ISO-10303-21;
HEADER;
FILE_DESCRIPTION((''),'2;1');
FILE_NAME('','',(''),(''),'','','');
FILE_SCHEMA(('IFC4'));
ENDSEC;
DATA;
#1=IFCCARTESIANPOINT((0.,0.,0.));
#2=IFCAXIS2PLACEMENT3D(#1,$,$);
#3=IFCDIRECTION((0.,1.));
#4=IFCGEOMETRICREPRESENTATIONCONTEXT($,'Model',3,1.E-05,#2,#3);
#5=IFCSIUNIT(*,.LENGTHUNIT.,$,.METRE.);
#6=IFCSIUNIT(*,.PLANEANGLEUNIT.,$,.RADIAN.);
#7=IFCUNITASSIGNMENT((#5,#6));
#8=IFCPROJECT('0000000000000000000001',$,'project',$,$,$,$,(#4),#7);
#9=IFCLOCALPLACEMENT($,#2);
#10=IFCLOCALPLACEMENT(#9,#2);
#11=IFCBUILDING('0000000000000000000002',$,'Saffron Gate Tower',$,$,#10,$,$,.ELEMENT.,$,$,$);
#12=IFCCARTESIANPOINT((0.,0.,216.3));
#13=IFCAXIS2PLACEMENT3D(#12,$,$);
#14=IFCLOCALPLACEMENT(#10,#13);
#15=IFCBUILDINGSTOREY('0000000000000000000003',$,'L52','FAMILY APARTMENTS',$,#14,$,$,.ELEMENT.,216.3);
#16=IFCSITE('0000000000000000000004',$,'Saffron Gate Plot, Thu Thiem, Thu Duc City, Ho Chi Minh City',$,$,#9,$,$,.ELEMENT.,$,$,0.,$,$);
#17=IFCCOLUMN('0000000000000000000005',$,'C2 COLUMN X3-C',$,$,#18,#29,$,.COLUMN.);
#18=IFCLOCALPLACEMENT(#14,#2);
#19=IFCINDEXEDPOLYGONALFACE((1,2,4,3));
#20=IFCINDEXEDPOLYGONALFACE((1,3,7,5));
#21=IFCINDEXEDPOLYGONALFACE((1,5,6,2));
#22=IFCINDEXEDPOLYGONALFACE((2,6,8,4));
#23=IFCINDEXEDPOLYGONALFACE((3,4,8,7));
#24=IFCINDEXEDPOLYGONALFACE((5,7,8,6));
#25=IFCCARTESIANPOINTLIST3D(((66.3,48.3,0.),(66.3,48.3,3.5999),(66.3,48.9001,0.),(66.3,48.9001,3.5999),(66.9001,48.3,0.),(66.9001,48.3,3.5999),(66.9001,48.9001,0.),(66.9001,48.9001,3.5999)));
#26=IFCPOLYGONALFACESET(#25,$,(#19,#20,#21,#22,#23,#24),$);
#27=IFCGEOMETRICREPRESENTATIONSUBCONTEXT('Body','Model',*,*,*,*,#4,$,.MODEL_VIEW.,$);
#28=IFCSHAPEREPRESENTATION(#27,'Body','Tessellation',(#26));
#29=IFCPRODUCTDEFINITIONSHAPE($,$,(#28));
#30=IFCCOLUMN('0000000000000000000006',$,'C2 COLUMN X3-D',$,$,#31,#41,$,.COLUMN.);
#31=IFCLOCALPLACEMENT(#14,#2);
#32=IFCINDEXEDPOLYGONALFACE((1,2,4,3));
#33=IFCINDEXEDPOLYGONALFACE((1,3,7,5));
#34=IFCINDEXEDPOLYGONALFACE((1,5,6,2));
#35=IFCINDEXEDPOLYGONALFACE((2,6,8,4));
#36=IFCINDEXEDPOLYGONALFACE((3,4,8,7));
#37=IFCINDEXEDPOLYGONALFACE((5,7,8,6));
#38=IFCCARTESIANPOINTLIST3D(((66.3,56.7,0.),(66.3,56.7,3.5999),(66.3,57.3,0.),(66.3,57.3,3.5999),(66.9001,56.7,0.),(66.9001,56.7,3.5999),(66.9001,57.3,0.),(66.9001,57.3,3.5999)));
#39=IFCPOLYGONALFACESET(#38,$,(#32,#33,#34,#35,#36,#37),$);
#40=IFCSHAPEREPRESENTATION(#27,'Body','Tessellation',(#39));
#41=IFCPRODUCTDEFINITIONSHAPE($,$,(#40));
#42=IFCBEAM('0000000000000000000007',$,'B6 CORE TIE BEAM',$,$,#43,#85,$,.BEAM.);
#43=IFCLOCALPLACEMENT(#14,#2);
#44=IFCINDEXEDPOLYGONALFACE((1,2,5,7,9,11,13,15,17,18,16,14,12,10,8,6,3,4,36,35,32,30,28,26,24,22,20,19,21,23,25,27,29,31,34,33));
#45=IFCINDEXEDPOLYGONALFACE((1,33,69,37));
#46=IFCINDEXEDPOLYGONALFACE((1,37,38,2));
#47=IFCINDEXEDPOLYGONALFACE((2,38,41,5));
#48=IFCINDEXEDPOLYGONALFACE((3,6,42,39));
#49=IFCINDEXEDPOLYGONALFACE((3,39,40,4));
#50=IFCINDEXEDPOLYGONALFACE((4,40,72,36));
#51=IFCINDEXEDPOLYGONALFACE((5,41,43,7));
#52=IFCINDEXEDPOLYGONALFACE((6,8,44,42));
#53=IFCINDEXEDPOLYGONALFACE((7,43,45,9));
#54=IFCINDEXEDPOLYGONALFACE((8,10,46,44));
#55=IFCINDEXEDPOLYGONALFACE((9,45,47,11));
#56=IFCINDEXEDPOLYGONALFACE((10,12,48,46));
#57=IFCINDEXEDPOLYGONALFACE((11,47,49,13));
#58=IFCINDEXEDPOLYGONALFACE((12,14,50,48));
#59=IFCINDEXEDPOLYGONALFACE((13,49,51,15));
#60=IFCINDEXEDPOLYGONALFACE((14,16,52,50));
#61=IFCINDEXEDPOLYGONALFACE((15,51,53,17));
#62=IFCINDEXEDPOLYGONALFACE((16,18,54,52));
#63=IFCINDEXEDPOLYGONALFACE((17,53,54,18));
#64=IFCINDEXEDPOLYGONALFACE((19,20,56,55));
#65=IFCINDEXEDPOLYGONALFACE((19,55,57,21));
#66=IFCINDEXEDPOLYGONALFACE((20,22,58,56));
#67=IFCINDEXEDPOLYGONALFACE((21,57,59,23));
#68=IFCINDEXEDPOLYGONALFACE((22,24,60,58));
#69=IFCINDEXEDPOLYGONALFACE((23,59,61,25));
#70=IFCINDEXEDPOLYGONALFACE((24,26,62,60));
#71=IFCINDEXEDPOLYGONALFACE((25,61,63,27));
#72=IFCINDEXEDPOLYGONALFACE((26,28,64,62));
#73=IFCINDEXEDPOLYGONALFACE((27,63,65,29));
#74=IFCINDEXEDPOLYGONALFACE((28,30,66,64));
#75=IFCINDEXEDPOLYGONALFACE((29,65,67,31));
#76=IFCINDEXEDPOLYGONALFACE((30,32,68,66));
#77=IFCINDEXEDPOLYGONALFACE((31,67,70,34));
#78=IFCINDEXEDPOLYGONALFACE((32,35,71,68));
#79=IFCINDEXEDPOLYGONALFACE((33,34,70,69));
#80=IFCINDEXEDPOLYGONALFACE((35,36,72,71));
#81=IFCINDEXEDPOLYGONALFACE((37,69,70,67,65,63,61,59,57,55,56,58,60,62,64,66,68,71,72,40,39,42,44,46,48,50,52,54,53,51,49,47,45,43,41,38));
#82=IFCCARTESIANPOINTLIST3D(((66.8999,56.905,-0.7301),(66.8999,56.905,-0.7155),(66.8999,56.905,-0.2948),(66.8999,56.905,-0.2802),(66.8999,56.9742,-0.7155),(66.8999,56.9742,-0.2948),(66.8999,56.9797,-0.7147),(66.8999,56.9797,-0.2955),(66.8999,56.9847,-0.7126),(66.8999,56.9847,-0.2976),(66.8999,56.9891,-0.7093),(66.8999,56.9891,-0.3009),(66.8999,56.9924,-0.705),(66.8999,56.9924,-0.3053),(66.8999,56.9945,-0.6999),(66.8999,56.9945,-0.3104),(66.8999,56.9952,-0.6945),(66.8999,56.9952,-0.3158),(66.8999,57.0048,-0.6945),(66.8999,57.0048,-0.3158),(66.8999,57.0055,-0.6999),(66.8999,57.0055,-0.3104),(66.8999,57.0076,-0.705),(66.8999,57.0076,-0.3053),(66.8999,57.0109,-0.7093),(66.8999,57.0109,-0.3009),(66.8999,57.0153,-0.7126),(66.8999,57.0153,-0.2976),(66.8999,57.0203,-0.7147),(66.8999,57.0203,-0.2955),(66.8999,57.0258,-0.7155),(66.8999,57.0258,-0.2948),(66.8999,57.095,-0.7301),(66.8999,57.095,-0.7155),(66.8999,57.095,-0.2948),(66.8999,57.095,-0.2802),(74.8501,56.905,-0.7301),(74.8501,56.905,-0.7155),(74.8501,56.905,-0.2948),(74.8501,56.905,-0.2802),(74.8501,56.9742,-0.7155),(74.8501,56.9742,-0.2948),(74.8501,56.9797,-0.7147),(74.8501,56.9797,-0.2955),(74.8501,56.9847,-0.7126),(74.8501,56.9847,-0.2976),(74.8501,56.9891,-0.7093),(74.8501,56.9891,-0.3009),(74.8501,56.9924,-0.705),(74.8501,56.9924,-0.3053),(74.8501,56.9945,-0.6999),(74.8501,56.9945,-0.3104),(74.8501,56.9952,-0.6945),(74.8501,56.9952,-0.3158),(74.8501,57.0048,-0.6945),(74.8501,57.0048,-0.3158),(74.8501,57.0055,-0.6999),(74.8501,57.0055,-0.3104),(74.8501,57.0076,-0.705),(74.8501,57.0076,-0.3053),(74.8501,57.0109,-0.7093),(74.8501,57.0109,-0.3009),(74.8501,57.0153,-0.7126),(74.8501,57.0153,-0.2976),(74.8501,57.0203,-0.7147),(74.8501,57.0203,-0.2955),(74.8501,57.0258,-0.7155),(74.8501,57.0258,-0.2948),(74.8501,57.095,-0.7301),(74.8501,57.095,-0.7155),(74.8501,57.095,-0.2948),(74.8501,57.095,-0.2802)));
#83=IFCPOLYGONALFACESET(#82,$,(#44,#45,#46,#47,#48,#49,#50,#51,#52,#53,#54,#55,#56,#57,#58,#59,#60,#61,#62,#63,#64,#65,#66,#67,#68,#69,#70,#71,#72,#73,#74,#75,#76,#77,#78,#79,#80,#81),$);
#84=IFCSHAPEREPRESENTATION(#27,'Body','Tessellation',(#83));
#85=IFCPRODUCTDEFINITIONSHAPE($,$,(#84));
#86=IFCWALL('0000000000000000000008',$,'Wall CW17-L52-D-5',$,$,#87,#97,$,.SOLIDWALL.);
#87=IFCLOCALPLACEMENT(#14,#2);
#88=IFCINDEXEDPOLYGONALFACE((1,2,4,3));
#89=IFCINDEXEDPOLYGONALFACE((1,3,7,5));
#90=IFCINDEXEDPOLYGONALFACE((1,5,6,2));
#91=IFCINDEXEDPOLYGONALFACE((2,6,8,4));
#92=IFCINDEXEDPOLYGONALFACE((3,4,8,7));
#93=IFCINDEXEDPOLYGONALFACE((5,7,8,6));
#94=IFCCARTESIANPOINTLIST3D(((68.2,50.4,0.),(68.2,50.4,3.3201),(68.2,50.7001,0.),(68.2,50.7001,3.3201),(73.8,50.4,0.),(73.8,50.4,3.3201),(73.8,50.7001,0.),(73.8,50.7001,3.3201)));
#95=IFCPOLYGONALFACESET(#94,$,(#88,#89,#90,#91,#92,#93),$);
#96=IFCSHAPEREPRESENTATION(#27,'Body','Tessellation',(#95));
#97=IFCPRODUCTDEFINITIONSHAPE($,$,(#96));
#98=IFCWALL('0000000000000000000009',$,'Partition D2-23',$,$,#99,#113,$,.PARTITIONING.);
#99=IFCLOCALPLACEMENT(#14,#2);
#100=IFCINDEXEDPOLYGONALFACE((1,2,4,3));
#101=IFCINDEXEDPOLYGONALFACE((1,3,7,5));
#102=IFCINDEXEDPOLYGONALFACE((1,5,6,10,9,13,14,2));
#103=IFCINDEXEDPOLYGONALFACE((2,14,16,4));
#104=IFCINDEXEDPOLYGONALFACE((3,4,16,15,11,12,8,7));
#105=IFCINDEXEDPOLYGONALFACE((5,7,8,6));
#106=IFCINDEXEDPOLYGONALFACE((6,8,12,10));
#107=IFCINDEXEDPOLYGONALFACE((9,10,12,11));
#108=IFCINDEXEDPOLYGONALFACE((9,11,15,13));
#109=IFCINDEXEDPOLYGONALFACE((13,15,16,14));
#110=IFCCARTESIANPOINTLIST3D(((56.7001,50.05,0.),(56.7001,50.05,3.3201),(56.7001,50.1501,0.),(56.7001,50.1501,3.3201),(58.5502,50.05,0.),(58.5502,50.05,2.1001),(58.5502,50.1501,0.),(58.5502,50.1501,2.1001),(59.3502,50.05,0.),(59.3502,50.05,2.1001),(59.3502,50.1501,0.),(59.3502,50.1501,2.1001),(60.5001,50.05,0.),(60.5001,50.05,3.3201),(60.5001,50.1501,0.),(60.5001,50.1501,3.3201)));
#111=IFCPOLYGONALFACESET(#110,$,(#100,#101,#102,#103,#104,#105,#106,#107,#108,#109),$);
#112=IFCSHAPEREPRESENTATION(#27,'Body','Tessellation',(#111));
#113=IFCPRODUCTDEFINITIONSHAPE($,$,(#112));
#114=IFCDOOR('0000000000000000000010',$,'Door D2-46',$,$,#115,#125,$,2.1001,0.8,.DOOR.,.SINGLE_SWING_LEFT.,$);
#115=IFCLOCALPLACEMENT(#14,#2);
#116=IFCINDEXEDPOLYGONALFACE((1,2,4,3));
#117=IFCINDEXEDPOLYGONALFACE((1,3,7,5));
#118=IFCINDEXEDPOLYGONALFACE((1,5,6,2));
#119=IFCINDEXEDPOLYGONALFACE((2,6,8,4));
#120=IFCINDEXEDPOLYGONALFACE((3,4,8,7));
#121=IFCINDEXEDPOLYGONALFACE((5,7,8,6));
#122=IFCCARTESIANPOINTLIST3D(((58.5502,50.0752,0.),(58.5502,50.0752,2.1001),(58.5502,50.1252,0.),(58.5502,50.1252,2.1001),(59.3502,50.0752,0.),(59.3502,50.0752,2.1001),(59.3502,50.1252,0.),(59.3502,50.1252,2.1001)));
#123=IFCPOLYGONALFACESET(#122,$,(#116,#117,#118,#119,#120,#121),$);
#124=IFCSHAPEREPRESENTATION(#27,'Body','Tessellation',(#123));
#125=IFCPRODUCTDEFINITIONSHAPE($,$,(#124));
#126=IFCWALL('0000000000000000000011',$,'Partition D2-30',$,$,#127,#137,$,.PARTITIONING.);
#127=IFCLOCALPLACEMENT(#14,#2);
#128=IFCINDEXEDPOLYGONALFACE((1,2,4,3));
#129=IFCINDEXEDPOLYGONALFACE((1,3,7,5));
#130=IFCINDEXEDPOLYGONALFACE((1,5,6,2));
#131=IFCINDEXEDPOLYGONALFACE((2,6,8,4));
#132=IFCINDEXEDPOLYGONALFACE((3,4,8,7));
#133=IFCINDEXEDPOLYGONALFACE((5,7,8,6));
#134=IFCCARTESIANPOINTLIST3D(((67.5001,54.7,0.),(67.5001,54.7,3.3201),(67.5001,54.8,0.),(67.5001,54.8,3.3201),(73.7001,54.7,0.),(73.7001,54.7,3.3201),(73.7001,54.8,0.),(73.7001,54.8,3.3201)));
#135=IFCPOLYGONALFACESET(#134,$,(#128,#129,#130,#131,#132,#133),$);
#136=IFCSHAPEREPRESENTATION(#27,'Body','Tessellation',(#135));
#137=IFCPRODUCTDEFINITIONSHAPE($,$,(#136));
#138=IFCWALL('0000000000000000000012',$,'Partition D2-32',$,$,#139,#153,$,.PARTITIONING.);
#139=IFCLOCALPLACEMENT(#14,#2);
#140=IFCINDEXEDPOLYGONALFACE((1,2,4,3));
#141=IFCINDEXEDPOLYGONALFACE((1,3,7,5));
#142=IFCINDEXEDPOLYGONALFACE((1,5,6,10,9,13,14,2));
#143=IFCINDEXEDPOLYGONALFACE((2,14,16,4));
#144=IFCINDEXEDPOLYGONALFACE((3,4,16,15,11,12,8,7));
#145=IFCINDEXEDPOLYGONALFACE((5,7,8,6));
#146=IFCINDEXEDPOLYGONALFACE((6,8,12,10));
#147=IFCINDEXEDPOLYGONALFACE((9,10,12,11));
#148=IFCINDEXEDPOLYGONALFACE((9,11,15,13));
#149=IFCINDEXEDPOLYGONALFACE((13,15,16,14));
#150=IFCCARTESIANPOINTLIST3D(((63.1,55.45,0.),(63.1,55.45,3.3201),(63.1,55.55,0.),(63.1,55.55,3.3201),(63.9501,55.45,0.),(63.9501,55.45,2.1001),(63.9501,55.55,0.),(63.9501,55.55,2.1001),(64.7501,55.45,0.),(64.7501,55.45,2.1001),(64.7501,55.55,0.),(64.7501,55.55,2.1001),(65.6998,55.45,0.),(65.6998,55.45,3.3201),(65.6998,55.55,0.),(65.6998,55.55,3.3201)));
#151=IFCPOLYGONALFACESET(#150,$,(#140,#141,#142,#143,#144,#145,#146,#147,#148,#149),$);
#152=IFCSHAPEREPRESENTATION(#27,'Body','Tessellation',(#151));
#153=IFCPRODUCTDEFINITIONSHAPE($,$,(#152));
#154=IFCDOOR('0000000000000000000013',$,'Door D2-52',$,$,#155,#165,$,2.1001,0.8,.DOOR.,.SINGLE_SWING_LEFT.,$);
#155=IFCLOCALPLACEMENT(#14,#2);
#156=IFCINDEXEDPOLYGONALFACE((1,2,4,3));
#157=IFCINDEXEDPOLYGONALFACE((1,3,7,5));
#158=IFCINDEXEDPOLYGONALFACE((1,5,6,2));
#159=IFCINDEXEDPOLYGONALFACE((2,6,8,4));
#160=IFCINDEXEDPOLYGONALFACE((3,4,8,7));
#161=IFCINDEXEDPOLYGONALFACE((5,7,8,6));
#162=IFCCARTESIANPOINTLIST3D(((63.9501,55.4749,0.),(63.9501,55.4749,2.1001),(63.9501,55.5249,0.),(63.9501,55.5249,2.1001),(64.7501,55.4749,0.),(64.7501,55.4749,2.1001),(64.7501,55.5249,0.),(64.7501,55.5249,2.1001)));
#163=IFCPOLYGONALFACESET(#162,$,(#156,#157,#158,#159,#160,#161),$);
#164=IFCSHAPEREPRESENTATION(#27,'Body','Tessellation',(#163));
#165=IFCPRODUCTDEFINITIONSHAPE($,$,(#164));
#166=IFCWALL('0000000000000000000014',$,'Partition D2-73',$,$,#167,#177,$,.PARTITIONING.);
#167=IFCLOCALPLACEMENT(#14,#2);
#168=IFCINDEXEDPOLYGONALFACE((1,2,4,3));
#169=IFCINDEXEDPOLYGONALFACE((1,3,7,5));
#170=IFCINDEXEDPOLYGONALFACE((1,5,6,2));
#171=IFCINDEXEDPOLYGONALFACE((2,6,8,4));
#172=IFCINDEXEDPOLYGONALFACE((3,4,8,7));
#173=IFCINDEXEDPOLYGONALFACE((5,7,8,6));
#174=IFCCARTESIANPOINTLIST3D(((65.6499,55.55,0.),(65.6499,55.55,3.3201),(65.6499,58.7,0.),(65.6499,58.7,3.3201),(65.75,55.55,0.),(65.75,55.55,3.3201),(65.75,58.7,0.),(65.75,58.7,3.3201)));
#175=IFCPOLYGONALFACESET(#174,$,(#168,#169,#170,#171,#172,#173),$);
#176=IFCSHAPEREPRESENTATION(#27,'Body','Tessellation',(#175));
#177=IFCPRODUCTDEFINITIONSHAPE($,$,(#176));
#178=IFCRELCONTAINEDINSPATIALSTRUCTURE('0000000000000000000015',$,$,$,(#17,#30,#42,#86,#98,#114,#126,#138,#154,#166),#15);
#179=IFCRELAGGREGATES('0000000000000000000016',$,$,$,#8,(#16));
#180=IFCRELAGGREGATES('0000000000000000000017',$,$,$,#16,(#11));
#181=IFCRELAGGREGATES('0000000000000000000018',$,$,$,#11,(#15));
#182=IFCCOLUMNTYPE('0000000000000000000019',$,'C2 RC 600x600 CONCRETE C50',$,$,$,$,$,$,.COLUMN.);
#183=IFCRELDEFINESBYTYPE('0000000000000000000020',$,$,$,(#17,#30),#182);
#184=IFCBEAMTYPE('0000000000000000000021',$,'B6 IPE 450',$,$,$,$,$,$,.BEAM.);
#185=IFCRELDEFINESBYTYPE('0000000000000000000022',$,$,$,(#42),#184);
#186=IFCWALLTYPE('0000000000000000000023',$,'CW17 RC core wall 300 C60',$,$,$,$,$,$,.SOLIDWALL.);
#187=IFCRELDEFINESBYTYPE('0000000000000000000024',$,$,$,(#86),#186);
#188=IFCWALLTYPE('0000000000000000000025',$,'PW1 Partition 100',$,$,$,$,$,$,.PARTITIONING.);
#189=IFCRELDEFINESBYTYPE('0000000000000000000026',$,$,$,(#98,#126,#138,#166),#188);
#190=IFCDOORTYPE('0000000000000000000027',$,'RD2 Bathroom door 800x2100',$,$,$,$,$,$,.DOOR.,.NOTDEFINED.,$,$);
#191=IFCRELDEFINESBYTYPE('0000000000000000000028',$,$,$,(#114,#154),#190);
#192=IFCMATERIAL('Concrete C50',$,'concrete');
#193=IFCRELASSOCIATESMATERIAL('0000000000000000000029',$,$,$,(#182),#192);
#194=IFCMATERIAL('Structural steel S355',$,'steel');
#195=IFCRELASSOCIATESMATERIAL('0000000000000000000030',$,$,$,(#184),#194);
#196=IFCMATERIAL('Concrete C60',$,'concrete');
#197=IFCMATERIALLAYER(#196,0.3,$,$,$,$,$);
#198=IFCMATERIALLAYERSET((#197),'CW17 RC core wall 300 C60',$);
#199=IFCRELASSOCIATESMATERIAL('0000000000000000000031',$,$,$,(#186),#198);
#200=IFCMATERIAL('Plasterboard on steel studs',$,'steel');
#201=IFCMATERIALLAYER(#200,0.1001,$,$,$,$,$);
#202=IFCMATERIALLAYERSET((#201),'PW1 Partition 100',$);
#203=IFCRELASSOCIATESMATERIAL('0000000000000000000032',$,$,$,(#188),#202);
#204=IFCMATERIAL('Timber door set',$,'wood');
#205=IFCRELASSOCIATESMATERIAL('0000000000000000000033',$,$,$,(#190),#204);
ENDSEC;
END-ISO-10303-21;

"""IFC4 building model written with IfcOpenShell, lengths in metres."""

from ifc_helpers import new_model, si_unit, direction, frame, frame_2d, origin, origin_2d, place, context, subcontext, project, spatial, rectangle, i_section, extrude, material, layer, layer_set, material_profile, profile_set, type_object, element, fill, save


model = new_model("IFC4")

# Units and contexts
model_context = context("Model", 3, precision=1e-05, world=origin(), true_north=direction((0.0, 1.0)))
body_context = subcontext(model_context, "Body", "Model", "MODEL_VIEW")
ifc_project = project(units=[si_unit("LENGTHUNIT", "METRE"), si_unit("PLANEANGLEUNIT", "RADIAN")], contexts=[model_context])

# Site, building, storey
site_placement = place(None, origin())
site = spatial("IfcSite", under=ifc_project, at=site_placement, Name="Saffron Gate Plot, Thu Thiem, Thu Duc City, Ho Chi Minh City", CompositionType="ELEMENT", RefElevation=0.0)
building_placement = place(site_placement, origin())
building = spatial("IfcBuilding", under=site, at=building_placement, Name="Saffron Gate Tower", CompositionType="ELEMENT")
storey_placement = place(building_placement, frame((0.0, 0.0, 216.3)))
storey = spatial("IfcBuildingStorey", under=building, at=storey_placement, Name="L52", Description="FAMILY APARTMENTS", CompositionType="ELEMENT", Elevation=216.3)

# Columns
ifc_material_1 = material(Name="Concrete C50", Category="concrete")
ifc_material_profile_1 = material_profile(ifc_material_1, rectangle(XDim=0.6001, YDim=0.6001, at=origin_2d()))
ifc_profile_set_1 = profile_set([ifc_material_profile_1], Name="Concrete C50")
column_type = type_object("IfcColumnType", Name="C2 RC 600x600 CONCRETE C50", PredefinedType="COLUMN", material=ifc_profile_set_1)
for number, where, z_axis, x_axis, name in (
    (1, (66.6001, 48.6001, 0.0), (0.0, 0.0, 1.0), (1.0, 0.0, 0.0), "C2 COLUMN X3-C"),
    (2, (66.6001, 57.0, 0.0), (0.0, 0.0, 1.0), (1.0, 0.0, 0.0), "C2 COLUMN X3-D"),
):
    element("IfcColumn", number, at=place(storey_placement, frame(where, z_axis=z_axis, x_axis=x_axis)), inside=storey, type_object=column_type, Name=name, PredefinedType="COLUMN", context=body_context, shape_type="SweptSolid", body=[
        extrude(rectangle(XDim=0.6001, YDim=0.6001, at=origin_2d()), origin(), (0.0, 0.0, 1.0), 3.5999),
    ])

# Beam
ifc_material_2 = material(Name="Structural steel S355", Category="steel")
ifc_material_profile_2 = material_profile(ifc_material_2, i_section(OverallWidth=0.1899, OverallDepth=0.45, WebThickness=0.0095, FlangeThickness=0.0146, FilletRadius=0.021, at=origin_2d()))
ifc_profile_set_2 = profile_set([ifc_material_profile_2], Name="Structural steel S355")
beam_type = type_object("IfcBeamType", Name="B6 IPE 450", PredefinedType="BEAM", material=ifc_profile_set_2)
beam_placement = place(storey_placement, frame((66.8999, 57.0, -0.5051), z_axis=(1.0, 0.0, 0.0), x_axis=(0.0, 1.0, 0.0)))
element("IfcBeam", 3, at=beam_placement, inside=storey, type_object=beam_type, Name="B6 CORE TIE BEAM", PredefinedType="BEAM", context=body_context, shape_type="SweptSolid", body=[
    extrude(i_section(OverallWidth=0.1899, OverallDepth=0.45, WebThickness=0.0095, FlangeThickness=0.0146, FilletRadius=0.021, at=origin_2d()), origin(), (0.0, 0.0, 1.0), 7.9502),
])

# Wall
ifc_material_3 = material(Name="Concrete C60", Category="concrete")
ifc_layer_1 = layer(ifc_material_3, 0.3)
ifc_layer_set_1 = layer_set([ifc_layer_1], Name="CW17 RC core wall 300 C60")
wall_type_1 = type_object("IfcWallType", Name="CW17 RC core wall 300 C60", PredefinedType="SOLIDWALL", material=ifc_layer_set_1)
wall_1_placement = place(storey_placement, frame((68.2, 50.55, 0.0), z_axis=(0.0, 0.0, 1.0), x_axis=(1.0, 0.0, 0.0)))
element("IfcWall", 4, at=wall_1_placement, inside=storey, type_object=wall_type_1, Name="Wall CW17-L52-D-5", PredefinedType="SOLIDWALL", context=body_context, shape_type="SweptSolid", body=[
    extrude(rectangle(XDim=5.6001, YDim=0.3, at=frame_2d((2.8, 0.0))), origin(), (0.0, 0.0, 1.0), 3.3201),
])

# Wall, opening, door
ifc_material_4 = material(Name="Plasterboard on steel studs", Category="steel")
ifc_layer_2 = layer(ifc_material_4, 0.1001)
ifc_layer_set_2 = layer_set([ifc_layer_2], Name="PW1 Partition 100")
wall_type_2 = type_object("IfcWallType", Name="PW1 Partition 100", PredefinedType="PARTITIONING", material=ifc_layer_set_2)
wall_2_placement = place(storey_placement, frame((60.5, 50.1001, 0.0), z_axis=(0.0, 0.0, 1.0), x_axis=(-1.0, 0.0, 0.0)))
wall_2 = element("IfcWall", 5, at=wall_2_placement, inside=storey, type_object=wall_type_2, Name="Partition D2-23", PredefinedType="PARTITIONING", context=body_context, shape_type="SweptSolid", body=[
    extrude(rectangle(XDim=3.8, YDim=0.1001, at=frame_2d((1.8999, 0.0))), origin(), (0.0, 0.0, 1.0), 3.3201),
])
opening_1_placement = place(wall_2_placement, frame((1.1499, 0.0, 0.0)))
opening_1 = element("IfcOpeningElement", 6, at=opening_1_placement, cuts=wall_2, PredefinedType="OPENING", context=body_context, shape_type="SweptSolid", body=[
    extrude(rectangle(XDim=0.8, YDim=2.1001, at=frame_2d((0.3999, 1.05))), frame((0.0, 0.0601, 0.0), z_axis=(0.0, -1.0, 0.0), x_axis=(1.0, 0.0, 0.0)), (0.0, 0.0, 1.0), 0.1201),
])
ifc_material_5 = material(Name="Timber door set", Category="wood")
door_type_1 = type_object("IfcDoorType", Name="RD2 Bathroom door 800x2100", OperationType="NOTDEFINED", PredefinedType="DOOR", material=ifc_material_5)
door_1_placement = place(opening_1_placement, origin())
door_1 = element("IfcDoor", 7, at=door_1_placement, inside=storey, type_object=door_type_1, Name="Door D2-46", OperationType="SINGLE_SWING_LEFT", OverallHeight=2.1001, OverallWidth=0.8, PredefinedType="DOOR", context=body_context, shape_type="SweptSolid", body=[
    extrude(rectangle(XDim=0.8, YDim=2.1001, at=frame_2d((0.3999, 1.05))), frame((0.0, 0.0249, 0.0), z_axis=(0.0, -1.0, 0.0), x_axis=(1.0, 0.0, 0.0)), (0.0, 0.0, 1.0), 0.05),
])
fill(opening_1, door_1)

# Wall
wall_3_placement = place(storey_placement, frame((67.5, 54.75, 0.0), z_axis=(0.0, 0.0, 1.0), x_axis=(1.0, 0.0, 0.0)))
element("IfcWall", 8, at=wall_3_placement, inside=storey, type_object=wall_type_2, Name="Partition D2-30", PredefinedType="PARTITIONING", context=body_context, shape_type="SweptSolid", body=[
    extrude(rectangle(XDim=6.2, YDim=0.1001, at=frame_2d((3.1001, 0.0))), origin(), (0.0, 0.0, 1.0), 3.3201),
])

# Wall, opening, door
wall_4_placement = place(storey_placement, frame((63.1001, 55.5, 0.0), z_axis=(0.0, 0.0, 1.0), x_axis=(1.0, 0.0, 0.0)))
wall_4 = element("IfcWall", 9, at=wall_4_placement, inside=storey, type_object=wall_type_2, Name="Partition D2-32", PredefinedType="PARTITIONING", context=body_context, shape_type="SweptSolid", body=[
    extrude(rectangle(XDim=2.5999, YDim=0.1001, at=frame_2d((1.2998, 0.0))), origin(), (0.0, 0.0, 1.0), 3.3201),
])
opening_2_placement = place(wall_4_placement, frame((0.8501, 0.0, 0.0)))
opening_2 = element("IfcOpeningElement", 10, at=opening_2_placement, cuts=wall_4, PredefinedType="OPENING", context=body_context, shape_type="SweptSolid", body=[
    extrude(rectangle(XDim=0.8, YDim=2.1001, at=frame_2d((0.3999, 1.05))), frame((0.0, 0.0601, 0.0), z_axis=(0.0, -1.0, 0.0), x_axis=(1.0, 0.0, 0.0)), (0.0, 0.0, 1.0), 0.1201),
])
door_2_placement = place(opening_2_placement, origin())
door_2 = element("IfcDoor", 11, at=door_2_placement, inside=storey, type_object=door_type_1, Name="Door D2-52", OperationType="SINGLE_SWING_LEFT", OverallHeight=2.1001, OverallWidth=0.8, PredefinedType="DOOR", context=body_context, shape_type="SweptSolid", body=[
    extrude(rectangle(XDim=0.8, YDim=2.1001, at=frame_2d((0.3999, 1.05))), frame((0.0, 0.0249, 0.0), z_axis=(0.0, -1.0, 0.0), x_axis=(1.0, 0.0, 0.0)), (0.0, 0.0, 1.0), 0.05),
])
fill(opening_2, door_2)

# Wall
wall_5_placement = place(storey_placement, frame((65.7, 58.7, 0.0), z_axis=(0.0, 0.0, 1.0), x_axis=(0.0, -1.0, 0.0)))
element("IfcWall", 12, at=wall_5_placement, inside=storey, type_object=wall_type_2, Name="Partition D2-73", PredefinedType="PARTITIONING", context=body_context, shape_type="SweptSolid", body=[
    extrude(rectangle(XDim=3.1499, YDim=0.1001, at=frame_2d((1.575, 0.0))), origin(), (0.0, 0.0, 1.0), 3.3201),
])

save(model, "model.ifc")
